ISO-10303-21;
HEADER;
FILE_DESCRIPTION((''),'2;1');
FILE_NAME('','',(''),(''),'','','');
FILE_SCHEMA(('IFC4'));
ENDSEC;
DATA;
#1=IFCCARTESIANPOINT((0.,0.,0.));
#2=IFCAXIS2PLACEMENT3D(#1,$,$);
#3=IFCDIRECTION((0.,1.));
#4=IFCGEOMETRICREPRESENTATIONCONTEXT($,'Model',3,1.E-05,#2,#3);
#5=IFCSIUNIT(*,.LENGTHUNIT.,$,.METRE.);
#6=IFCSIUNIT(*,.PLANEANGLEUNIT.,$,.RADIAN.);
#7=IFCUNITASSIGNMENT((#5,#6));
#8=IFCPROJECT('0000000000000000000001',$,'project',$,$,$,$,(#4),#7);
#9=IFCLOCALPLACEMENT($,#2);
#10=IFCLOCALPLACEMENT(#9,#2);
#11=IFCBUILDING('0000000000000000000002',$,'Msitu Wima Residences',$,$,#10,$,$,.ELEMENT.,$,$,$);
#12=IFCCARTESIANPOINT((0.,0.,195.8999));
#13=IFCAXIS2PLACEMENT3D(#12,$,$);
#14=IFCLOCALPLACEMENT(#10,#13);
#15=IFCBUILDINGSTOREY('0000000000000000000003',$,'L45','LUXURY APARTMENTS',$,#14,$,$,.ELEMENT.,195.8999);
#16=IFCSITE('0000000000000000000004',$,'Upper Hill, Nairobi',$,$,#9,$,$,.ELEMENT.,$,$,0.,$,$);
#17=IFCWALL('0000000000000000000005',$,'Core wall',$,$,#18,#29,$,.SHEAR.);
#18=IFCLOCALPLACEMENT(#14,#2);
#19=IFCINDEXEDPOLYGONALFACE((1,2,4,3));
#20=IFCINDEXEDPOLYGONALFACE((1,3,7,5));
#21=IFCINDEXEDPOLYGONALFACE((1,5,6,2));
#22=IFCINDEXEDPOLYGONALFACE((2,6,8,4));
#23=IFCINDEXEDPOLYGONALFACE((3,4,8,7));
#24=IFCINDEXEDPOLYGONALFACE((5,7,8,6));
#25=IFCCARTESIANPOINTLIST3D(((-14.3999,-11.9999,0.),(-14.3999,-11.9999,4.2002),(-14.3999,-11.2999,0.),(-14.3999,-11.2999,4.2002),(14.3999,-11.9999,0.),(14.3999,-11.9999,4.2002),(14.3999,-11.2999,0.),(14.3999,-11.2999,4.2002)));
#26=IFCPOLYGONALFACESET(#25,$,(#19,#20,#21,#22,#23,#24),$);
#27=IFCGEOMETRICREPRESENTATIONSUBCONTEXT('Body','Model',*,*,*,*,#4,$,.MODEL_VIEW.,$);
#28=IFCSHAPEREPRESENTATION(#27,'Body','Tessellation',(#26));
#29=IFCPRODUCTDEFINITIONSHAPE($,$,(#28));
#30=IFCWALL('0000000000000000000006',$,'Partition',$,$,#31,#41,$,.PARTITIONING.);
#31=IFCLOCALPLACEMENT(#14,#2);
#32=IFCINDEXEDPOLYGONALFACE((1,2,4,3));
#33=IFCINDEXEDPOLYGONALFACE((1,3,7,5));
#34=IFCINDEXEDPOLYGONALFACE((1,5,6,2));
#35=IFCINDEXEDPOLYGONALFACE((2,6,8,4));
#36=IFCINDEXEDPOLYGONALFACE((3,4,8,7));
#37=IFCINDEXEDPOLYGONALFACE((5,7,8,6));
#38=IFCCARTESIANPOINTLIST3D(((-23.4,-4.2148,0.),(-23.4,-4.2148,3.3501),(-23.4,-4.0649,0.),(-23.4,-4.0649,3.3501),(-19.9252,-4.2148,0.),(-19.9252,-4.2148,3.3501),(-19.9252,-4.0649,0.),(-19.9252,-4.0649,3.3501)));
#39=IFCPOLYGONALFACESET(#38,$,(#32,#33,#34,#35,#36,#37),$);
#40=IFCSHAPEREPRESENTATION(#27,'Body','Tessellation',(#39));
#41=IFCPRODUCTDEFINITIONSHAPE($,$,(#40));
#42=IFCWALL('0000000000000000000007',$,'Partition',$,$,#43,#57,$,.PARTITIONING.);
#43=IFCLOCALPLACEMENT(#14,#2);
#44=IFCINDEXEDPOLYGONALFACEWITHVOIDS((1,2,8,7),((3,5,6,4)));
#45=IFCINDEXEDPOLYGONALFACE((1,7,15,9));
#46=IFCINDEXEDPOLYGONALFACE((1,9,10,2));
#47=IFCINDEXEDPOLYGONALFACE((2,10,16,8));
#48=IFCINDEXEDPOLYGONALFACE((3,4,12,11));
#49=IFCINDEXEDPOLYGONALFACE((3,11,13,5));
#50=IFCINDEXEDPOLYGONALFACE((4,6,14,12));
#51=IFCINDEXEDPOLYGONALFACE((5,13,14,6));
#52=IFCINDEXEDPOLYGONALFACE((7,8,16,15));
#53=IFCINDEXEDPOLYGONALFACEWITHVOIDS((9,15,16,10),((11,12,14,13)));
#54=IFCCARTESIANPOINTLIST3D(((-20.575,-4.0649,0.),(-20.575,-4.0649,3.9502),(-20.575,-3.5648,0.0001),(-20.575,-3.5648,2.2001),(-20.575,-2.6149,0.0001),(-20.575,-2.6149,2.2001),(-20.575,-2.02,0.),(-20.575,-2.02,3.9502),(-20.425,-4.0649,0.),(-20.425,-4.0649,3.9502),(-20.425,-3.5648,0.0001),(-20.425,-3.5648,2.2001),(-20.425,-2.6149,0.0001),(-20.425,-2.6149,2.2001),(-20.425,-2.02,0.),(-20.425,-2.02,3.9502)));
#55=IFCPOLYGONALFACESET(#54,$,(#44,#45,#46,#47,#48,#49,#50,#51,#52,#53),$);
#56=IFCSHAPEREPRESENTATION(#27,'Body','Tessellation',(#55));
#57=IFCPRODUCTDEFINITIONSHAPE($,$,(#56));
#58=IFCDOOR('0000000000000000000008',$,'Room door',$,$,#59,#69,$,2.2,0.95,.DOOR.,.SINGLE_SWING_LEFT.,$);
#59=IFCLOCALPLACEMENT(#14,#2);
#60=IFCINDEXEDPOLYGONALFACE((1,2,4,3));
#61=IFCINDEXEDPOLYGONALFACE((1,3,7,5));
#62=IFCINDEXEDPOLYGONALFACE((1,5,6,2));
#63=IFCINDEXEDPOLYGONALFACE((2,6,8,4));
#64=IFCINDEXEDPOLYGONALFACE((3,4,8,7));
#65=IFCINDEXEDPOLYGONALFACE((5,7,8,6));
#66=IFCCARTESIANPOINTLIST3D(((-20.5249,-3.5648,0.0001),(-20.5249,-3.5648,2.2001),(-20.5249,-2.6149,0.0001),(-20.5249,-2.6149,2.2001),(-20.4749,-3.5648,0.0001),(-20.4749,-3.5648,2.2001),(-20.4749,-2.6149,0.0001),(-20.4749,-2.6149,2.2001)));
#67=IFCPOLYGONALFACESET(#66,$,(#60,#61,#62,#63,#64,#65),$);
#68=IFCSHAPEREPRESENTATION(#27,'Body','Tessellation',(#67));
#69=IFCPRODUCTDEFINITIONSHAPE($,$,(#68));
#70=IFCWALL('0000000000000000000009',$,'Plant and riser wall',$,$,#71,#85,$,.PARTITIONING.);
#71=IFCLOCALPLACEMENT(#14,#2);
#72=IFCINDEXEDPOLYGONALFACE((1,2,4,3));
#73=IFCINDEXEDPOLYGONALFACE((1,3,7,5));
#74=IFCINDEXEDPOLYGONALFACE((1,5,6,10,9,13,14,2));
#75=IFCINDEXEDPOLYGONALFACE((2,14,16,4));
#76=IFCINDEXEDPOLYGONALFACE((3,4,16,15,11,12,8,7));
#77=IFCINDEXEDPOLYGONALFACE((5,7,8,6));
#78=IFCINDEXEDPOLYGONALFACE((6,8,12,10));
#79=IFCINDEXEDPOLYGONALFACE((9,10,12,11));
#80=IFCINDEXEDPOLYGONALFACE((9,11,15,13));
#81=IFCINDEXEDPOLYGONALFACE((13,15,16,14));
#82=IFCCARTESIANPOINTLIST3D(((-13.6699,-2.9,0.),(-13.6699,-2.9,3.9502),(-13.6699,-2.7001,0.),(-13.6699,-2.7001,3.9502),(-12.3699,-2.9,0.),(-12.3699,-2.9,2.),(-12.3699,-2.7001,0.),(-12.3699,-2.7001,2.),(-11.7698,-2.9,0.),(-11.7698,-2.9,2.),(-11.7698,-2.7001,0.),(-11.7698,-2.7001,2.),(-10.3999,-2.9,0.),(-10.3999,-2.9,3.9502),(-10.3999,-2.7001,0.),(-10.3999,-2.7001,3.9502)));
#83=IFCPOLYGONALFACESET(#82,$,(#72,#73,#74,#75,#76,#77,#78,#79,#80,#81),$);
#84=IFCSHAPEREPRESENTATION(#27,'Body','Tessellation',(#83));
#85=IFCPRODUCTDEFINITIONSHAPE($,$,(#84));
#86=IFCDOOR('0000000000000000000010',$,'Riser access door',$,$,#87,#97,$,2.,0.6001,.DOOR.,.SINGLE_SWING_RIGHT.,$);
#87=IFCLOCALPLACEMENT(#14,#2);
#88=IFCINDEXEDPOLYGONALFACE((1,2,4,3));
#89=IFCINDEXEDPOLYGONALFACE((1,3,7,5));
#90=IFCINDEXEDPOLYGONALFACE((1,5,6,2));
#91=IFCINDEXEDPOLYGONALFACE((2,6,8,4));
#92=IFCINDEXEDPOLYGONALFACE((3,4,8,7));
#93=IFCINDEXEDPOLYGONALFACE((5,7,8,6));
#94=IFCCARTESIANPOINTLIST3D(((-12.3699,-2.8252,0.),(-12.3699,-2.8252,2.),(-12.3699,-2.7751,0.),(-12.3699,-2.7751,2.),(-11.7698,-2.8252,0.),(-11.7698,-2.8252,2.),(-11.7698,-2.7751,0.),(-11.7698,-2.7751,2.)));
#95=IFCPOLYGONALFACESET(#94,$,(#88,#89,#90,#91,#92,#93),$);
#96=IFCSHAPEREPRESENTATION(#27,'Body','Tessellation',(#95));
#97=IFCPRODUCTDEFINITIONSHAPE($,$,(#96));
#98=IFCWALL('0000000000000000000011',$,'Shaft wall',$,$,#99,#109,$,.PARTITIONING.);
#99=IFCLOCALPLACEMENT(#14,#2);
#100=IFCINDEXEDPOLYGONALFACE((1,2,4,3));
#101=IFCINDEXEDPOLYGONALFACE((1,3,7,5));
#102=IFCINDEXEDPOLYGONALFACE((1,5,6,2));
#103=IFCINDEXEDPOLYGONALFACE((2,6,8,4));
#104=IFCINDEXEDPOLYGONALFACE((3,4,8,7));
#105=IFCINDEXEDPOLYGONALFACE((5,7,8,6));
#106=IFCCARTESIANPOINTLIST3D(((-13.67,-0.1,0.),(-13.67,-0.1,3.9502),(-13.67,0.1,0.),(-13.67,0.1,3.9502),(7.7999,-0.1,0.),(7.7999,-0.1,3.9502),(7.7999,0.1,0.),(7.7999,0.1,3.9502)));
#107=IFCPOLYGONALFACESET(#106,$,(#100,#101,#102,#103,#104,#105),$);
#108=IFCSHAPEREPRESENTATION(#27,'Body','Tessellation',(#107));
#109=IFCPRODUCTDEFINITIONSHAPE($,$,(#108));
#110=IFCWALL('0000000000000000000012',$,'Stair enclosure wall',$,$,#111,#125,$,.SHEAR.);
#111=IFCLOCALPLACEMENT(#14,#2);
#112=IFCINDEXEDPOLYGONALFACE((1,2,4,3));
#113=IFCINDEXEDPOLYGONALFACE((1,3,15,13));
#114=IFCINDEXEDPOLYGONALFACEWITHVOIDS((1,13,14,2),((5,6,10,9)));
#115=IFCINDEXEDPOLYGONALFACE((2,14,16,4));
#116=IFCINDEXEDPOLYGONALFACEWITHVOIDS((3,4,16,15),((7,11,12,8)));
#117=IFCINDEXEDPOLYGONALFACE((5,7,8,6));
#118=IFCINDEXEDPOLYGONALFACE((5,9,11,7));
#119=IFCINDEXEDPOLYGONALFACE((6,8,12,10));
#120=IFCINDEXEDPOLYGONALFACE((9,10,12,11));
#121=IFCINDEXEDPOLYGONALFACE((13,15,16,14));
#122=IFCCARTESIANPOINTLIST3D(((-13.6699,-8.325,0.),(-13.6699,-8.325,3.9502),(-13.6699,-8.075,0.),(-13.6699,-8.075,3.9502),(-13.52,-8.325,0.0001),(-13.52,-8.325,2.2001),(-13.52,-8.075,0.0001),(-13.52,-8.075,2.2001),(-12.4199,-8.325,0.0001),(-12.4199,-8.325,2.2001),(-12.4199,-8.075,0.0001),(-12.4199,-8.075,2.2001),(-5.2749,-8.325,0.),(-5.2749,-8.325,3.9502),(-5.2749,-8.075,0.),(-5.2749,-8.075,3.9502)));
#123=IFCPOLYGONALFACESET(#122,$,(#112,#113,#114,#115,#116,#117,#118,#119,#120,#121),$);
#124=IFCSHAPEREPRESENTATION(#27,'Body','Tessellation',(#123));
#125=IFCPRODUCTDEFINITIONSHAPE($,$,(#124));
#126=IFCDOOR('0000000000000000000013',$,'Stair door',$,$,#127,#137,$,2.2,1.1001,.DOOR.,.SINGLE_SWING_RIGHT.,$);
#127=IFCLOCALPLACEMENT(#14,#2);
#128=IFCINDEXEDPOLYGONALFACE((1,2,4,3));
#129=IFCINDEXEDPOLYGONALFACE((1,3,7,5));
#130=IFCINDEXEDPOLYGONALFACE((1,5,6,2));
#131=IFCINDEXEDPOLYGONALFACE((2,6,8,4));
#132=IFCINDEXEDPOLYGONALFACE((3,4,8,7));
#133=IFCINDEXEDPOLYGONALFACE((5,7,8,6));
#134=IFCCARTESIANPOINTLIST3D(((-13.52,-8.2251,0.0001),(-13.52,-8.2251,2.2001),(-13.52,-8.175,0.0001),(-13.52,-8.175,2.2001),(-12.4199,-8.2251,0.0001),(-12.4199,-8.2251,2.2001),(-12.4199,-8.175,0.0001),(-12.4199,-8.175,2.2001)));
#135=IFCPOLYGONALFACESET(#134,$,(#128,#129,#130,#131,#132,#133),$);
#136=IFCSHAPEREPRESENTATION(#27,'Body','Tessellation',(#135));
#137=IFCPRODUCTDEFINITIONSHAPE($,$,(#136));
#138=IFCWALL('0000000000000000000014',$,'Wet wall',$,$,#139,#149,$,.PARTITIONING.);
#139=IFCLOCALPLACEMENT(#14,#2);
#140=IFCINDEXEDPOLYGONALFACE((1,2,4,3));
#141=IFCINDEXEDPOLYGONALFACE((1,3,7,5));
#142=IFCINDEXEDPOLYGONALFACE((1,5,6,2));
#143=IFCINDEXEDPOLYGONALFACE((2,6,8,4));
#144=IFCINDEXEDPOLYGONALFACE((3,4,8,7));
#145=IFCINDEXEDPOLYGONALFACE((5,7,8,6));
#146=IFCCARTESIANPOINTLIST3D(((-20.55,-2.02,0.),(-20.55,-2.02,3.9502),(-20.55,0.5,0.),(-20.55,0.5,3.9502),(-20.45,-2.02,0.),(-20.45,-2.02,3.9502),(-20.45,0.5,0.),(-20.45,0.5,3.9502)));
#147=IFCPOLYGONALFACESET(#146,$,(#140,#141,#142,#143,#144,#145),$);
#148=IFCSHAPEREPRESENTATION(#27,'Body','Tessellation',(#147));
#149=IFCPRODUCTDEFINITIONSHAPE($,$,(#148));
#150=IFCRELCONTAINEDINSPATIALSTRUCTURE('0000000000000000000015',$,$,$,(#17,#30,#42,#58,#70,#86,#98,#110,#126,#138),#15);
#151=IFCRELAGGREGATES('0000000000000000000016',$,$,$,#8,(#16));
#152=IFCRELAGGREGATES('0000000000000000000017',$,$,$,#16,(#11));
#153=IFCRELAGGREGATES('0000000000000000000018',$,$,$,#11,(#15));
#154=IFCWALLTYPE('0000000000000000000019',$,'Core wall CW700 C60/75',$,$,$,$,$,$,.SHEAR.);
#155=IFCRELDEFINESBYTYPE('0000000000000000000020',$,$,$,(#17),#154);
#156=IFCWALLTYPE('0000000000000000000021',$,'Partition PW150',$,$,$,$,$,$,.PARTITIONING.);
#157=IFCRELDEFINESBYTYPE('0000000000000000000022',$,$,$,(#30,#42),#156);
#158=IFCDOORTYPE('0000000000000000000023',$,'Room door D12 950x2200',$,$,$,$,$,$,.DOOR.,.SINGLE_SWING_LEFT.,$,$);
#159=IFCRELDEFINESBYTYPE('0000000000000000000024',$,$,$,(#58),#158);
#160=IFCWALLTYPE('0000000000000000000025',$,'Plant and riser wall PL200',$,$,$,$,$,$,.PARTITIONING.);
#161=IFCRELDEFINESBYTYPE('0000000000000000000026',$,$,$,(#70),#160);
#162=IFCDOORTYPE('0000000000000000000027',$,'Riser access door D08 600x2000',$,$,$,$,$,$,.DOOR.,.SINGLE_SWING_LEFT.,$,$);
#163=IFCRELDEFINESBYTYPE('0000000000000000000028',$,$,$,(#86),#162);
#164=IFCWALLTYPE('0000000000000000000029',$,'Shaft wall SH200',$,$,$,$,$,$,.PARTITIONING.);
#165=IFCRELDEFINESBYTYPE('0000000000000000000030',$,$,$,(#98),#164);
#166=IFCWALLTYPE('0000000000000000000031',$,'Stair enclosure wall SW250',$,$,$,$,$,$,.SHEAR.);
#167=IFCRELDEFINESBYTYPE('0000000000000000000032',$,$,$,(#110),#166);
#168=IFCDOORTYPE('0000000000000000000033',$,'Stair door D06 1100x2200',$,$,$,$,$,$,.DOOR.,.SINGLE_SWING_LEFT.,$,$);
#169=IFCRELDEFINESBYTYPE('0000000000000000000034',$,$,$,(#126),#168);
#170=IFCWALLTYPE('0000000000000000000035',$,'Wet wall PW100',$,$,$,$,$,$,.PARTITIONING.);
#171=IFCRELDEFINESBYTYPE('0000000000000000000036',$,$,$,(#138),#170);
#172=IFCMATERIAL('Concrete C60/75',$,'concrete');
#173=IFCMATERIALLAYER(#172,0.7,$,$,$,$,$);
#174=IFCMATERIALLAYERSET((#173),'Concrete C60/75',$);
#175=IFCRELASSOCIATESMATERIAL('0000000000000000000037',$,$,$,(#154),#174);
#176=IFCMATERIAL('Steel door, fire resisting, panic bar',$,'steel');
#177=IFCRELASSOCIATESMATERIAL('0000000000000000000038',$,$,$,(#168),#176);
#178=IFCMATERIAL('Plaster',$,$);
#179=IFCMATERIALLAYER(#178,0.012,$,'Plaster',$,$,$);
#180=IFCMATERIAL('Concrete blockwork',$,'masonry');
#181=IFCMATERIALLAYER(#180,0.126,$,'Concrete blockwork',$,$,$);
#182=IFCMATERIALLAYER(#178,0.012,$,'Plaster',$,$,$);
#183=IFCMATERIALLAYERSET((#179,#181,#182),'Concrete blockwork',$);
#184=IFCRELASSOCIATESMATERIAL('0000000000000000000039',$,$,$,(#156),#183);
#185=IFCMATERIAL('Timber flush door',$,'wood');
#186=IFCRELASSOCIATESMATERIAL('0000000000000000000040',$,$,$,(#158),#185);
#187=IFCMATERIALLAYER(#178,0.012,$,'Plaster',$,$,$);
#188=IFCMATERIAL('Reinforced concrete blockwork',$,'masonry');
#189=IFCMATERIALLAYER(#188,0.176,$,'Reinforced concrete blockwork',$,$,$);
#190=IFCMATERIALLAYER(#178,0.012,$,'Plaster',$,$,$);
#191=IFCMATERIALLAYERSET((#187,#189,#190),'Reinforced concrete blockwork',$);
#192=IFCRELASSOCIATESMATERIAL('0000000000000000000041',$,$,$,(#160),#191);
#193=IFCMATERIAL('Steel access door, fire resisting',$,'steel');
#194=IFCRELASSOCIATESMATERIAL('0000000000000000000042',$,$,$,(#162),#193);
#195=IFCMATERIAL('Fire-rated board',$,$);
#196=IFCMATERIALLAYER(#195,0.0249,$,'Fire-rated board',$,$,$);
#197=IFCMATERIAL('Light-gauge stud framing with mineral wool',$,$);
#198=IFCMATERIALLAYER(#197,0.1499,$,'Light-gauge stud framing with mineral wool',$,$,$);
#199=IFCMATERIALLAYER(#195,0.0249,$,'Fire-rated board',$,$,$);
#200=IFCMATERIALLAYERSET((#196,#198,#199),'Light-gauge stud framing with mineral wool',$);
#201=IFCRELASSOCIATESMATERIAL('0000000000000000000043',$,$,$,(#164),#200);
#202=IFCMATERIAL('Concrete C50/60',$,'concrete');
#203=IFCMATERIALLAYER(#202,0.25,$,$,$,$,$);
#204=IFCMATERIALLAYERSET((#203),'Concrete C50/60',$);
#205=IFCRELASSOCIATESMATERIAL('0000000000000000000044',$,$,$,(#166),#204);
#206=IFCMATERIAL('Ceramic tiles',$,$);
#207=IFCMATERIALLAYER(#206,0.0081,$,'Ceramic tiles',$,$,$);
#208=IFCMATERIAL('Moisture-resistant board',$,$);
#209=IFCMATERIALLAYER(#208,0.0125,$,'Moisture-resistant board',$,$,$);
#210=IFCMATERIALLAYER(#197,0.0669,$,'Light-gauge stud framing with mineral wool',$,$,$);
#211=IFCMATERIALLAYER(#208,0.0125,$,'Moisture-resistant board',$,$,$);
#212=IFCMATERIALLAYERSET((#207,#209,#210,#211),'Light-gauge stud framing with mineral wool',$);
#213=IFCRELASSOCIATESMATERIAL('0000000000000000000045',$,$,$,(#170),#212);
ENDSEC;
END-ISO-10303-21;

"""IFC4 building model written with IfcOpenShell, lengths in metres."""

from ifc_helpers import new_model, si_unit, direction, frame, frame_2d, origin, place, context, subcontext, project, spatial, rectangle, extrude, material, layer, layer_set, type_object, element, fill, save


model = new_model("IFC4")

# Units and contexts
model_context = context("Model", 3, precision=1e-05, world=origin(), true_north=direction((0.0, 1.0)))
body_context = subcontext(model_context, "Body", "Model", "MODEL_VIEW")
ifc_project = project(units=[si_unit("LENGTHUNIT", "METRE"), si_unit("PLANEANGLEUNIT", "RADIAN")], contexts=[model_context])

# Site, building, storey
site_placement = place(None, origin())
site = spatial("IfcSite", under=ifc_project, at=site_placement, Name="Upper Hill, Nairobi", CompositionType="ELEMENT", RefElevation=0.0)
building_placement = place(site_placement, origin())
building = spatial("IfcBuilding", under=site, at=building_placement, Name="Msitu Wima Residences", CompositionType="ELEMENT")
storey_placement = place(building_placement, frame((0.0, 0.0, 195.8999)))
storey = spatial("IfcBuildingStorey", under=building, at=storey_placement, Name="L45", Description="LUXURY APARTMENTS", CompositionType="ELEMENT", Elevation=195.8999)

# Shared definitions
ifc_material_1 = material(Name="Concrete C60/75", Category="concrete")

# Shared definitions
ifc_material_2 = material(Name="Concrete C50/60", Category="concrete")

# Wall
ifc_layer_1 = layer(ifc_material_1, 0.7)
ifc_layer_set_1 = layer_set([ifc_layer_1], Name="Concrete C60/75")
wall_type_1 = type_object("IfcWallType", Name="Core wall CW700 C60/75", PredefinedType="SHEAR", material=ifc_layer_set_1)
wall_1_placement = place(storey_placement, frame((-14.3999, -11.6499, 0.0), z_axis=(0.0, 0.0, 1.0), x_axis=(1.0, 0.0, 0.0)))
element("IfcWall", 1, at=wall_1_placement, inside=storey, type_object=wall_type_1, Name="Core wall", PredefinedType="SHEAR", context=body_context, shape_type="SweptSolid", body=[
    extrude(rectangle(XDim=28.7998, YDim=0.7, at=frame_2d((14.3999, 0.0))), origin(), (0.0, 0.0, 1.0), 4.2002),
])

# Shared definitions
ifc_material_3 = material(Name="Steel door, fire resisting, panic bar", Category="steel")
door_type_1 = type_object("IfcDoorType", Name="Stair door D06 1100x2200", OperationType="SINGLE_SWING_LEFT", PredefinedType="DOOR", material=ifc_material_3)

# Wall
ifc_material_4 = material(Name="Plaster")
ifc_layer_2 = layer(ifc_material_4, 0.012, Name="Plaster")
ifc_material_5 = material(Name="Concrete blockwork", Category="masonry")
ifc_layer_3 = layer(ifc_material_5, 0.126, Name="Concrete blockwork")
ifc_layer_4 = layer(ifc_material_4, 0.012, Name="Plaster")
ifc_layer_set_2 = layer_set([ifc_layer_2, ifc_layer_3, ifc_layer_4], Name="Concrete blockwork")
wall_type_2 = type_object("IfcWallType", Name="Partition PW150", PredefinedType="PARTITIONING", material=ifc_layer_set_2)
wall_2_placement = place(storey_placement, frame((-23.3999, -4.1399, 0.0), z_axis=(0.0, 0.0, 1.0), x_axis=(1.0, 0.0, 0.0)))
element("IfcWall", 2, at=wall_2_placement, inside=storey, type_object=wall_type_2, Name="Partition", PredefinedType="PARTITIONING", context=body_context, shape_type="SweptSolid", body=[
    extrude(rectangle(XDim=3.4749, YDim=0.1499, at=frame_2d((1.7373, 0.0))), origin(), (0.0, 0.0, 1.0), 3.3501),
])

# Walls, openings, doors
wall_3_placement = place(storey_placement, frame((-20.5, -4.0649, 0.0), z_axis=(0.0, 0.0, 1.0), x_axis=(0.0, 1.0, 0.0)))
wall_3 = element("IfcWall", 3, at=wall_3_placement, inside=storey, type_object=wall_type_2, Name="Partition", PredefinedType="PARTITIONING", context=body_context, shape_type="SweptSolid", body=[
    extrude(rectangle(XDim=2.0449, YDim=0.1499, at=frame_2d((1.0225, 0.0))), origin(), (0.0, 0.0, 1.0), 3.9502),
])
opening_1_placement = place(wall_3_placement, frame((0.5, 0.0, 0.0)))
opening_1 = element("IfcOpeningElement", 4, at=opening_1_placement, cuts=wall_3, PredefinedType="OPENING", context=body_context, shape_type="SweptSolid", body=[
    extrude(rectangle(XDim=0.95, YDim=2.2, at=frame_2d((0.4751, 1.1001))), frame((0.0, 0.085, 0.0), z_axis=(0.0, -1.0, 0.0), x_axis=(1.0, 0.0, 0.0)), (0.0, 0.0, 1.0), 0.1699),
])
ifc_material_6 = material(Name="Timber flush door", Category="wood")
door_type_2 = type_object("IfcDoorType", Name="Room door D12 950x2200", OperationType="SINGLE_SWING_LEFT", PredefinedType="DOOR", material=ifc_material_6)
door_1_placement = place(opening_1_placement, origin())
door_1 = element("IfcDoor", 5, at=door_1_placement, inside=storey, type_object=door_type_2, Name="Room door", OperationType="SINGLE_SWING_LEFT", OverallHeight=2.2, OverallWidth=0.95, PredefinedType="DOOR", context=body_context, shape_type="SweptSolid", body=[
    extrude(rectangle(XDim=0.95, YDim=2.2, at=frame_2d((0.4751, 1.1001))), frame((0.0, 0.0249, 0.0), z_axis=(0.0, -1.0, 0.0), x_axis=(1.0, 0.0, 0.0)), (0.0, 0.0, 1.0), 0.05),
])
fill(opening_1, door_1)
ifc_layer_5 = layer(ifc_material_4, 0.012, Name="Plaster")
ifc_material_7 = material(Name="Reinforced concrete blockwork", Category="masonry")
ifc_layer_6 = layer(ifc_material_7, 0.176, Name="Reinforced concrete blockwork")
ifc_layer_7 = layer(ifc_material_4, 0.012, Name="Plaster")
ifc_layer_set_3 = layer_set([ifc_layer_5, ifc_layer_6, ifc_layer_7], Name="Reinforced concrete blockwork")
wall_type_3 = type_object("IfcWallType", Name="Plant and riser wall PL200", PredefinedType="PARTITIONING", material=ifc_layer_set_3)
wall_4_placement = place(storey_placement, frame((-13.6699, -2.8, 0.0), z_axis=(0.0, 0.0, 1.0), x_axis=(1.0, 0.0, 0.0)))
wall_4 = element("IfcWall", 6, at=wall_4_placement, inside=storey, type_object=wall_type_3, Name="Plant and riser wall", PredefinedType="PARTITIONING", context=body_context, shape_type="SweptSolid", body=[
    extrude(rectangle(XDim=3.27, YDim=0.2, at=frame_2d((1.635, 0.0))), origin(), (0.0, 0.0, 1.0), 3.9502),
])
opening_2_placement = place(wall_4_placement, frame((1.3, 0.0, 0.0)))
opening_2 = element("IfcOpeningElement", 7, at=opening_2_placement, cuts=wall_4, PredefinedType="OPENING", context=body_context, shape_type="SweptSolid", body=[
    extrude(rectangle(XDim=0.6001, YDim=2.0, at=frame_2d((0.3, 1.0))), frame((0.0, 0.1099, 0.0), z_axis=(0.0, -1.0, 0.0), x_axis=(1.0, 0.0, 0.0)), (0.0, 0.0, 1.0), 0.22),
])
ifc_material_8 = material(Name="Steel access door, fire resisting", Category="steel")
door_type_3 = type_object("IfcDoorType", Name="Riser access door D08 600x2000", OperationType="SINGLE_SWING_LEFT", PredefinedType="DOOR", material=ifc_material_8)
door_2_placement = place(opening_2_placement, origin())
door_2 = element("IfcDoor", 8, at=door_2_placement, inside=storey, type_object=door_type_3, Name="Riser access door", OperationType="SINGLE_SWING_RIGHT", OverallHeight=2.0, OverallWidth=0.6001, PredefinedType="DOOR", context=body_context, shape_type="SweptSolid", body=[
    extrude(rectangle(XDim=0.6001, YDim=2.0, at=frame_2d((0.3, 1.0))), frame((0.0, 0.0249, 0.0), z_axis=(0.0, -1.0, 0.0), x_axis=(1.0, 0.0, 0.0)), (0.0, 0.0, 1.0), 0.05),
])
fill(opening_2, door_2)

# Wall
ifc_material_9 = material(Name="Fire-rated board")
ifc_layer_8 = layer(ifc_material_9, 0.0249, Name="Fire-rated board")
ifc_material_10 = material(Name="Light-gauge stud framing with mineral wool")
ifc_layer_9 = layer(ifc_material_10, 0.1499, Name="Light-gauge stud framing with mineral wool")
ifc_layer_10 = layer(ifc_material_9, 0.0249, Name="Fire-rated board")
ifc_layer_set_4 = layer_set([ifc_layer_8, ifc_layer_9, ifc_layer_10], Name="Light-gauge stud framing with mineral wool")
wall_type_4 = type_object("IfcWallType", Name="Shaft wall SH200", PredefinedType="PARTITIONING", material=ifc_layer_set_4)
wall_5_placement = place(storey_placement, frame((-13.6699, 0.0, 0.0), z_axis=(0.0, 0.0, 1.0), x_axis=(1.0, 0.0, 0.0)))
element("IfcWall", 9, at=wall_5_placement, inside=storey, type_object=wall_type_4, Name="Shaft wall", PredefinedType="PARTITIONING", context=body_context, shape_type="SweptSolid", body=[
    extrude(rectangle(XDim=21.47, YDim=0.2, at=frame_2d((10.7349, 0.0))), origin(), (0.0, 0.0, 1.0), 3.9502),
])

# Wall, opening, door
ifc_layer_11 = layer(ifc_material_2, 0.25)
ifc_layer_set_5 = layer_set([ifc_layer_11], Name="Concrete C50/60")
wall_type_5 = type_object("IfcWallType", Name="Stair enclosure wall SW250", PredefinedType="SHEAR", material=ifc_layer_set_5)
wall_6_placement = place(storey_placement, frame((-13.6699, -8.2, 0.0), z_axis=(0.0, 0.0, 1.0), x_axis=(1.0, 0.0, 0.0)))
wall_6 = element("IfcWall", 10, at=wall_6_placement, inside=storey, type_object=wall_type_5, Name="Stair enclosure wall", PredefinedType="SHEAR", context=body_context, shape_type="SweptSolid", body=[
    extrude(rectangle(XDim=8.395, YDim=0.25, at=frame_2d((4.1975, 0.0))), origin(), (0.0, 0.0, 1.0), 3.9502),
])
opening_3_placement = place(wall_6_placement, frame((0.1499, 0.0, 0.0)))
opening_3 = element("IfcOpeningElement", 11, at=opening_3_placement, cuts=wall_6, PredefinedType="OPENING", context=body_context, shape_type="SweptSolid", body=[
    extrude(rectangle(XDim=1.1001, YDim=2.2, at=frame_2d((0.55, 1.1001))), frame((0.0, 0.135, 0.0), z_axis=(0.0, -1.0, 0.0), x_axis=(1.0, 0.0, 0.0)), (0.0, 0.0, 1.0), 0.27),
])
door_3_placement = place(opening_3_placement, origin())
door_3 = element("IfcDoor", 12, at=door_3_placement, inside=storey, type_object=door_type_1, Name="Stair door", OperationType="SINGLE_SWING_RIGHT", OverallHeight=2.2, OverallWidth=1.1001, PredefinedType="DOOR", context=body_context, shape_type="SweptSolid", body=[
    extrude(rectangle(XDim=1.1001, YDim=2.2, at=frame_2d((0.55, 1.1001))), frame((0.0, 0.0249, 0.0), z_axis=(0.0, -1.0, 0.0), x_axis=(1.0, 0.0, 0.0)), (0.0, 0.0, 1.0), 0.05),
])
fill(opening_3, door_3)

# Wall
ifc_material_11 = material(Name="Ceramic tiles")
ifc_layer_12 = layer(ifc_material_11, 0.0081, Name="Ceramic tiles")
ifc_material_12 = material(Name="Moisture-resistant board")
ifc_layer_13 = layer(ifc_material_12, 0.0125, Name="Moisture-resistant board")
ifc_layer_14 = layer(ifc_material_10, 0.0669, Name="Light-gauge stud framing with mineral wool")
ifc_layer_15 = layer(ifc_material_12, 0.0125, Name="Moisture-resistant board")
ifc_layer_set_6 = layer_set([ifc_layer_12, ifc_layer_13, ifc_layer_14, ifc_layer_15], Name="Light-gauge stud framing with mineral wool")
wall_type_6 = type_object("IfcWallType", Name="Wet wall PW100", PredefinedType="PARTITIONING", material=ifc_layer_set_6)
wall_7_placement = place(storey_placement, frame((-20.5, -2.02, 0.0), z_axis=(0.0, 0.0, 1.0), x_axis=(0.0, 1.0, 0.0)))
element("IfcWall", 13, at=wall_7_placement, inside=storey, type_object=wall_type_6, Name="Wet wall", PredefinedType="PARTITIONING", context=body_context, shape_type="SweptSolid", body=[
    extrude(rectangle(XDim=2.52, YDim=0.1001, at=frame_2d((1.26, 0.0))), origin(), (0.0, 0.0, 1.0), 3.9502),
])

save(model, "model.ifc")
